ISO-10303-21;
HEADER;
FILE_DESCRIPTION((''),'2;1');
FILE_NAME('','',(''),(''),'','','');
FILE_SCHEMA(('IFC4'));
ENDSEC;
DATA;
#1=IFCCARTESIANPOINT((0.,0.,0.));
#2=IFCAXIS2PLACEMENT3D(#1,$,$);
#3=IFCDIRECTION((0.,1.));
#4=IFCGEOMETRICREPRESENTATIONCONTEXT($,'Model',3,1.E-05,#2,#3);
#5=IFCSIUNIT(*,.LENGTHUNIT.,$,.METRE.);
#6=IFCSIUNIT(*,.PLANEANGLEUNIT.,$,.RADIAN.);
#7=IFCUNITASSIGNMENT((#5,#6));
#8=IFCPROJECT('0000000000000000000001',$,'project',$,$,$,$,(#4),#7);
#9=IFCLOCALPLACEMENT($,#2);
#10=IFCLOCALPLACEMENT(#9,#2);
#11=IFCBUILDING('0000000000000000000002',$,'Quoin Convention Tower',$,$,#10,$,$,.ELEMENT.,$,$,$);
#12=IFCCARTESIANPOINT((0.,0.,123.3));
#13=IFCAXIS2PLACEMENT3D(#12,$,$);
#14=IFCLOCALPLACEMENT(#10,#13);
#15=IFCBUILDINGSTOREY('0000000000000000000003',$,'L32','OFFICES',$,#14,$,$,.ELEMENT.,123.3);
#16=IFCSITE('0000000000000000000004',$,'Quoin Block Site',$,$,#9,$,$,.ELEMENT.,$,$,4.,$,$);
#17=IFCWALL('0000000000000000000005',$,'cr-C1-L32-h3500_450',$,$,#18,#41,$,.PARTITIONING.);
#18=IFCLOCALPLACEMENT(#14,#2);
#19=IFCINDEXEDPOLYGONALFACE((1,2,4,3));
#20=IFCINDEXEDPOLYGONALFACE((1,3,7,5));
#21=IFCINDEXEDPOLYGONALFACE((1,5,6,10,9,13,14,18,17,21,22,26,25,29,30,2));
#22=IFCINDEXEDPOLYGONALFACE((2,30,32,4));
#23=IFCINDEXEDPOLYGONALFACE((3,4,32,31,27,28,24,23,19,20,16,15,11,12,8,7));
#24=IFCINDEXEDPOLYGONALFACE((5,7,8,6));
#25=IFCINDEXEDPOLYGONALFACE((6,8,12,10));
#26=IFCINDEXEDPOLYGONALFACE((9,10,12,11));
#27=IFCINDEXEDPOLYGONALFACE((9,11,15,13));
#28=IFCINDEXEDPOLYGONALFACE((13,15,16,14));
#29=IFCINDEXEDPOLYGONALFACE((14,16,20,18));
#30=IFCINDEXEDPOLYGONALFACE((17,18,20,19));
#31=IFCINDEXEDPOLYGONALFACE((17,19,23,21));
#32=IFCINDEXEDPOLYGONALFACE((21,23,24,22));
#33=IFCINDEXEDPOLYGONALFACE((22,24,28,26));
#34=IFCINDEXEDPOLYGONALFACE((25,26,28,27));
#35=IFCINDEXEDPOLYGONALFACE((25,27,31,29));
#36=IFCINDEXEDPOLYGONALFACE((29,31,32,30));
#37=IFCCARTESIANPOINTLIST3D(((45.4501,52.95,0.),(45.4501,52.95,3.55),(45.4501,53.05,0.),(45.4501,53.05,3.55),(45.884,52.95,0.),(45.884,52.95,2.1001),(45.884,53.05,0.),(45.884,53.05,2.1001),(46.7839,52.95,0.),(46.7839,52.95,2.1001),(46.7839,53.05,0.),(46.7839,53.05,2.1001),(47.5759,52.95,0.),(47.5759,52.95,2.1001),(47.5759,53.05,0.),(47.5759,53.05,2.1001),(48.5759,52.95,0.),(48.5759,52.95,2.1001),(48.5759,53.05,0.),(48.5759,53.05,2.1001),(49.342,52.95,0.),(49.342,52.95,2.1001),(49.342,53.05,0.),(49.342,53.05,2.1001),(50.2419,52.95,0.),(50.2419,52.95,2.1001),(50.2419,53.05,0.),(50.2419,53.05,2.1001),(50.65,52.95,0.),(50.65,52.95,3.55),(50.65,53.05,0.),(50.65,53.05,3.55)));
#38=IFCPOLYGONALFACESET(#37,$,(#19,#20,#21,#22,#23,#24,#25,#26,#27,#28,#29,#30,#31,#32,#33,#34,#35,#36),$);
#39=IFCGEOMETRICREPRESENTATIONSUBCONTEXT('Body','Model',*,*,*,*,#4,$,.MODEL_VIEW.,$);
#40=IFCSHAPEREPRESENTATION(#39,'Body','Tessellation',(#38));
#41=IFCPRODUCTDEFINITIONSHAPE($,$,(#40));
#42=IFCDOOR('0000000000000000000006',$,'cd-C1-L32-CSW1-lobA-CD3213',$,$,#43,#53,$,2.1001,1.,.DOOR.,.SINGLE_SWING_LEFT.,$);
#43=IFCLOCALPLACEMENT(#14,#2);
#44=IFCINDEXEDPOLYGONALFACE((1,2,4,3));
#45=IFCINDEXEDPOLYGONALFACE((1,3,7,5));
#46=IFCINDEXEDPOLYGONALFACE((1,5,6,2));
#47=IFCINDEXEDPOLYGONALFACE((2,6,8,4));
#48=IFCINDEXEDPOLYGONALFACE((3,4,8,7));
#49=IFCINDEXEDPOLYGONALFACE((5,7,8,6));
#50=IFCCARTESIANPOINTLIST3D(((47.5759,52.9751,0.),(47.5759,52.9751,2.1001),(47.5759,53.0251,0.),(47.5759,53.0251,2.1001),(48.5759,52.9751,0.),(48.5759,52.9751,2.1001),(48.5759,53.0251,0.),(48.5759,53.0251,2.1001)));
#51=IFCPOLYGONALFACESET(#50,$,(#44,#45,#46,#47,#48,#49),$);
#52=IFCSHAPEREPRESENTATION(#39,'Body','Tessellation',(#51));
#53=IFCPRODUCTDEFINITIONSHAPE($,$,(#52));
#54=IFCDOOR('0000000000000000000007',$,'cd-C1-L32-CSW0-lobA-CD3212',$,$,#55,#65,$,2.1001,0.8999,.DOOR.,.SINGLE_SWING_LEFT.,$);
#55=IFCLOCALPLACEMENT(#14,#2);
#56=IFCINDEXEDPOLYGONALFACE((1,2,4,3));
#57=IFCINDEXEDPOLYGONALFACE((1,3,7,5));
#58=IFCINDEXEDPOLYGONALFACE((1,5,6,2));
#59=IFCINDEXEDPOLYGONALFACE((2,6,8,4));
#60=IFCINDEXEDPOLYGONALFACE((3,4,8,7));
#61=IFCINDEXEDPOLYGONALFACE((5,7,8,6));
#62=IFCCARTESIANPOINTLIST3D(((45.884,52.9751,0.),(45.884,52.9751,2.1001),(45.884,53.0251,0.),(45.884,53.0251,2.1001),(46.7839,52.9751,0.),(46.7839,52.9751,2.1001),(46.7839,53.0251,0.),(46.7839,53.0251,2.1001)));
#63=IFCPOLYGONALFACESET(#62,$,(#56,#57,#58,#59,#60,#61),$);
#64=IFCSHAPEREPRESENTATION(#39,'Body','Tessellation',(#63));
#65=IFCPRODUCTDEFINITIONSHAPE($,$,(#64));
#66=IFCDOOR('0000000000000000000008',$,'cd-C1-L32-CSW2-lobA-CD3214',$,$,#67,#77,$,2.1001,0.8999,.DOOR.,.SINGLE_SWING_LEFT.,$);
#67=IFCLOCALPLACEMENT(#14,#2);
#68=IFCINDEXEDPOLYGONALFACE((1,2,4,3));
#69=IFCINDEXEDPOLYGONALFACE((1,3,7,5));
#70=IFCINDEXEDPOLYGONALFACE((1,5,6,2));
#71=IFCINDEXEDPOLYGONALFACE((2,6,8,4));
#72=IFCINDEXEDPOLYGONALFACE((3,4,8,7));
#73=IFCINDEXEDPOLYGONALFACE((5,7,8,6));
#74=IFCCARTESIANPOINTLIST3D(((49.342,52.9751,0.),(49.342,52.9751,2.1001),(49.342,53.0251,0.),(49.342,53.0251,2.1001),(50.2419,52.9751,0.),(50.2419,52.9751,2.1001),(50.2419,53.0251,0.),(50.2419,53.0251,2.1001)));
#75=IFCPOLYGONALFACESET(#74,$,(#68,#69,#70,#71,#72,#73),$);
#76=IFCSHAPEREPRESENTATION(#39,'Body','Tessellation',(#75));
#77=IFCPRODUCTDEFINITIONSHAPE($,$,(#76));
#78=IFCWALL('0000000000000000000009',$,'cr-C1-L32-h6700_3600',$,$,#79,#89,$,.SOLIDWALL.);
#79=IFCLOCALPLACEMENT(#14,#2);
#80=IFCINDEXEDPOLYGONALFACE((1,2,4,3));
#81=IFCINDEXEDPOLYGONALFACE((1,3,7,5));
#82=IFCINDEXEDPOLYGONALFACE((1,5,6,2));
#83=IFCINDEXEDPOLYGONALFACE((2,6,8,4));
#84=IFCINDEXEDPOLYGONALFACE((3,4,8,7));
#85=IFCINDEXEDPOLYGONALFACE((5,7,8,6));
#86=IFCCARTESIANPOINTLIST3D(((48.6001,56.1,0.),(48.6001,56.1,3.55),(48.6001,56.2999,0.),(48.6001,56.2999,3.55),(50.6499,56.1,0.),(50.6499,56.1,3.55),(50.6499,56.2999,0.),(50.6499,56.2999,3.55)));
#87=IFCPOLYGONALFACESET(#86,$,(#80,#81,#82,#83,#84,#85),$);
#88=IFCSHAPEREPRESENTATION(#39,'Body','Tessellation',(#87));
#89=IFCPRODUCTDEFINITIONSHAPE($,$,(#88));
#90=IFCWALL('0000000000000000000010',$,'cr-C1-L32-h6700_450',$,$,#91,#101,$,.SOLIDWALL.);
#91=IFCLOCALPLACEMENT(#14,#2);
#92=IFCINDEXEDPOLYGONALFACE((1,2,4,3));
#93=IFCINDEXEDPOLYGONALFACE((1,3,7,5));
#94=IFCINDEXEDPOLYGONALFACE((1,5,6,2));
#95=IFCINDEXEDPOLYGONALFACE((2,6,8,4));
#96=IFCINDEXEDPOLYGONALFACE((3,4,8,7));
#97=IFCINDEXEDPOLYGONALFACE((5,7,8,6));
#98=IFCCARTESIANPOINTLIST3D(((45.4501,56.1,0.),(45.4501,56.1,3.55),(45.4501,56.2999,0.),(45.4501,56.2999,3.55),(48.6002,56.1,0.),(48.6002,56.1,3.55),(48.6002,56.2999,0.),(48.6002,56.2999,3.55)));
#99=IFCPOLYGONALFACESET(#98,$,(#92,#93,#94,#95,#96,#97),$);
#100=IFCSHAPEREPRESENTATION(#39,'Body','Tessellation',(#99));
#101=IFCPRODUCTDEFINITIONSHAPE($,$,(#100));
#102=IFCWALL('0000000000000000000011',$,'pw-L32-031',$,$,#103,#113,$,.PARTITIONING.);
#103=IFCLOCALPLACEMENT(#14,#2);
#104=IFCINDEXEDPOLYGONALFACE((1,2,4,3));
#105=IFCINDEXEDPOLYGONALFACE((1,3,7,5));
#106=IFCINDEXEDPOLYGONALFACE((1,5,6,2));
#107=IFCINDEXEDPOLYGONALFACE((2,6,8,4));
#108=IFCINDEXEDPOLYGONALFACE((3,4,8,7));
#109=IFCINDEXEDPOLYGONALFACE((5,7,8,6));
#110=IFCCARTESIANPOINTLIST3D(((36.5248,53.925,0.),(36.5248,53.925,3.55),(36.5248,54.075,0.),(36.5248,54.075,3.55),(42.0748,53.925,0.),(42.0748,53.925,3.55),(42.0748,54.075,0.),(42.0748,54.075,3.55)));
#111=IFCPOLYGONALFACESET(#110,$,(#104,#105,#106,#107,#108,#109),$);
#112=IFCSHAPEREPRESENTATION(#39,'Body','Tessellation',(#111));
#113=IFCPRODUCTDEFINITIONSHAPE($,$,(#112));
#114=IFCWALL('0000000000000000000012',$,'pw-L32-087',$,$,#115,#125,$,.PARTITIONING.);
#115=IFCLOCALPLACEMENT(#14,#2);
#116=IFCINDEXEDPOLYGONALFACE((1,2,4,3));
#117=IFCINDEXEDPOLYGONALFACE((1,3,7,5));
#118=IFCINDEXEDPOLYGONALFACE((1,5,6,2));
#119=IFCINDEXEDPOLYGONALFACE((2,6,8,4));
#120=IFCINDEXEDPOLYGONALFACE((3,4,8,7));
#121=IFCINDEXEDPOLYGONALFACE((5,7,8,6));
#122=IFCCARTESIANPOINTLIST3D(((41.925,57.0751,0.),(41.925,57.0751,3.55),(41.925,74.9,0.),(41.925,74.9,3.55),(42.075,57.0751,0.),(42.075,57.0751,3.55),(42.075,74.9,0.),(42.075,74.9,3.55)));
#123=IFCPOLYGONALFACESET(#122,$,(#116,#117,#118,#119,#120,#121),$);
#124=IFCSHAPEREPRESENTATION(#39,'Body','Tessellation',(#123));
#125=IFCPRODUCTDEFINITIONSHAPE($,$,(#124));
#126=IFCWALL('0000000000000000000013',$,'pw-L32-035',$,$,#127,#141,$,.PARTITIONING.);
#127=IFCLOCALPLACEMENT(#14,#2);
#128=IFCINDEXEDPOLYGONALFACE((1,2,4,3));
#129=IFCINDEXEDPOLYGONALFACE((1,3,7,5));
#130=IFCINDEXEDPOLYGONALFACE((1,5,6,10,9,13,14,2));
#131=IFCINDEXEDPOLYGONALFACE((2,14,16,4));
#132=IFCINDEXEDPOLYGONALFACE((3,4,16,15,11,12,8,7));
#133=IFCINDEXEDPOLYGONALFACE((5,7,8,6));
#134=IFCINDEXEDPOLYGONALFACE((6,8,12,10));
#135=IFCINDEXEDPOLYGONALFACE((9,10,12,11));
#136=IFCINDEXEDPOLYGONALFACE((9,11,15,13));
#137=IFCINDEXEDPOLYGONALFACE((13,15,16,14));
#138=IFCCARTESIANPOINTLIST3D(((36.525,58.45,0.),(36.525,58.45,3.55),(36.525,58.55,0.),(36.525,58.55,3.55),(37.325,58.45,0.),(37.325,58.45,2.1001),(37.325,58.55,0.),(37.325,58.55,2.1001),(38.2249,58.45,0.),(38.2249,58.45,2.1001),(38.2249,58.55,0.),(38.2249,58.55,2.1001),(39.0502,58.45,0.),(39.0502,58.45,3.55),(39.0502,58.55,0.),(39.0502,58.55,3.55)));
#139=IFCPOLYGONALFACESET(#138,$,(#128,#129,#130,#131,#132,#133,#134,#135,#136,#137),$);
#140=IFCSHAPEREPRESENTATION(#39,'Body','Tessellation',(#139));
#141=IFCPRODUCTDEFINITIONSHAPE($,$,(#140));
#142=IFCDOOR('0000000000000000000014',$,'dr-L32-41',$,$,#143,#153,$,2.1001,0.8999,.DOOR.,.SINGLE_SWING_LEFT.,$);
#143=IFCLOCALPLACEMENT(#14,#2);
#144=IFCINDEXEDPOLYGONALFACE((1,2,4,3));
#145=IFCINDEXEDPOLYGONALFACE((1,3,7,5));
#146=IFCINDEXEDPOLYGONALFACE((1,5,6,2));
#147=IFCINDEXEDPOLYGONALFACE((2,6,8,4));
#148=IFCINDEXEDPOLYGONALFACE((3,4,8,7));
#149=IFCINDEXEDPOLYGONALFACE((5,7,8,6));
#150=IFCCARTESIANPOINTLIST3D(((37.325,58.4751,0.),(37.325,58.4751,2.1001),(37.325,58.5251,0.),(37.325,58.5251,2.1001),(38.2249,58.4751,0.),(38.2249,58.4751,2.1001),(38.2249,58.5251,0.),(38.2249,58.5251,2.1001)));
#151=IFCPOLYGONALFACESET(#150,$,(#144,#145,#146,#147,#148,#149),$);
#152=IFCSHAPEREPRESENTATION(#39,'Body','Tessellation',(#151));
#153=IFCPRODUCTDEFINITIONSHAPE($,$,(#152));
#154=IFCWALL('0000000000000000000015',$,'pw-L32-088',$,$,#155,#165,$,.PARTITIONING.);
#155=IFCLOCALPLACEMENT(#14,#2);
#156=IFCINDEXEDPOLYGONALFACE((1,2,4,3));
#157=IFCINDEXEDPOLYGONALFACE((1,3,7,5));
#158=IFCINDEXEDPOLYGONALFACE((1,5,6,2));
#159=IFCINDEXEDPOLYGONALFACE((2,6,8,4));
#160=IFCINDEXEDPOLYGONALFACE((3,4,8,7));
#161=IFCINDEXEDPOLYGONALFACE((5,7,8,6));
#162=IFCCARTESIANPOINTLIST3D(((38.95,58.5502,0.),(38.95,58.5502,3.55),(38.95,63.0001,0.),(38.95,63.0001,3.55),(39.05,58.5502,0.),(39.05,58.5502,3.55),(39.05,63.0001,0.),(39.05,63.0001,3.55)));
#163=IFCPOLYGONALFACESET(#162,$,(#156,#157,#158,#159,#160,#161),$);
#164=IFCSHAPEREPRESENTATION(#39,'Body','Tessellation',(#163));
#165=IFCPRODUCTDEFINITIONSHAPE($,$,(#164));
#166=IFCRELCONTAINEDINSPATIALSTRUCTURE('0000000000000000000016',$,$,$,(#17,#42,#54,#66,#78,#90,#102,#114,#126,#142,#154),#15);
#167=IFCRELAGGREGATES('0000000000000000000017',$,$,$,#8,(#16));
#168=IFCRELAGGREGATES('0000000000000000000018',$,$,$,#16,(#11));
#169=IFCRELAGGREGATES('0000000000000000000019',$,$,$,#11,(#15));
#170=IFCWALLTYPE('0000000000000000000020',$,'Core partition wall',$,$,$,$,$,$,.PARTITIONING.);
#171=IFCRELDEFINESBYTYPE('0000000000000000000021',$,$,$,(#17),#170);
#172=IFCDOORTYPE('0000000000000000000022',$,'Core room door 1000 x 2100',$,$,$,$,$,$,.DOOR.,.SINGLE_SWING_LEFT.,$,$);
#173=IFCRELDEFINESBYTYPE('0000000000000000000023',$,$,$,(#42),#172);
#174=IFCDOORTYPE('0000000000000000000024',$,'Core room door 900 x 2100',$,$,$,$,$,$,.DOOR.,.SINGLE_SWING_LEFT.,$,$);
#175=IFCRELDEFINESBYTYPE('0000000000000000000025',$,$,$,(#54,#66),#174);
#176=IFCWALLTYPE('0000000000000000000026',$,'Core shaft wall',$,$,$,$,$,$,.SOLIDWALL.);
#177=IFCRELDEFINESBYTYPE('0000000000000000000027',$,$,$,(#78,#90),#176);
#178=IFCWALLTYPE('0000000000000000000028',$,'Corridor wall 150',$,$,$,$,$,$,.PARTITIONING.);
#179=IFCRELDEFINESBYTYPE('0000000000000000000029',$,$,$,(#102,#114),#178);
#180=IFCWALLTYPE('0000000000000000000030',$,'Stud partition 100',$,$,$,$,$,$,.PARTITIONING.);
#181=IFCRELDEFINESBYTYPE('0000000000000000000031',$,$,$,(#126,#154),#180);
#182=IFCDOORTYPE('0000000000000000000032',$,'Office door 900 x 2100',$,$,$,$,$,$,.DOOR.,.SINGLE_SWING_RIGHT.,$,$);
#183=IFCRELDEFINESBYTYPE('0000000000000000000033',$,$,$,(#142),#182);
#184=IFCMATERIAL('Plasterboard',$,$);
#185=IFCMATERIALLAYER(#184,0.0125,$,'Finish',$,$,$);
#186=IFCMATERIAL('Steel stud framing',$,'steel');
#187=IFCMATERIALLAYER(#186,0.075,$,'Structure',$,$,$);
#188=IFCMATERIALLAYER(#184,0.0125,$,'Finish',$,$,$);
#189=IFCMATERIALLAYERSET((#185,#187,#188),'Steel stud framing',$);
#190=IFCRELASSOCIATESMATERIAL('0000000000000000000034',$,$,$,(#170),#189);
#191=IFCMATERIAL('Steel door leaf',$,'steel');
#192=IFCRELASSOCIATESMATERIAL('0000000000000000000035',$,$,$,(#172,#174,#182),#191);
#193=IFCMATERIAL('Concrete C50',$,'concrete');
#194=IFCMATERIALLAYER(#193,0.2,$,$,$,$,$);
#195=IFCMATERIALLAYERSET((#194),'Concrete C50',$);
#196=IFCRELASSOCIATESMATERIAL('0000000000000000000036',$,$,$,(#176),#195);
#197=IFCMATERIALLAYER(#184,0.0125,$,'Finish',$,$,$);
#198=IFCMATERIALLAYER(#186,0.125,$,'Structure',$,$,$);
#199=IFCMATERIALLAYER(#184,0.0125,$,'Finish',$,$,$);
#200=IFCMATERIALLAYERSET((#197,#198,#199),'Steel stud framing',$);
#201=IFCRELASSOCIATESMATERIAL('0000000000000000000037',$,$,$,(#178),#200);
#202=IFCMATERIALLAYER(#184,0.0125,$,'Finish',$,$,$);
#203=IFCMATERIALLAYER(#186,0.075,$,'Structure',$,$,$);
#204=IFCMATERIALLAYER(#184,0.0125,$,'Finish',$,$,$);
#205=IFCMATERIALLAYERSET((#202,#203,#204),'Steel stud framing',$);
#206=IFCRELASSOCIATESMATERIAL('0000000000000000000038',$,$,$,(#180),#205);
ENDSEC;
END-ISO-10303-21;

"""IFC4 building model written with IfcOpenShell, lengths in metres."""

from ifc_helpers import new_model, si_unit, direction, frame, frame_2d, origin, place, context, subcontext, project, spatial, rectangle, extrude, material, layer, layer_set, type_object, element, fill, save


model = new_model("IFC4")

# Units and contexts
model_context = context("Model", 3, precision=1e-05, world=origin(), true_north=direction((0.0, 1.0)))
body_context = subcontext(model_context, "Body", "Model", "MODEL_VIEW")
ifc_project = project(units=[si_unit("LENGTHUNIT", "METRE"), si_unit("PLANEANGLEUNIT", "RADIAN")], contexts=[model_context])

# Site, building, storey
site_placement = place(None, origin())
site = spatial("IfcSite", under=ifc_project, at=site_placement, Name="Quoin Block Site", CompositionType="ELEMENT", RefElevation=4.0)
building_placement = place(site_placement, origin())
building = spatial("IfcBuilding", under=site, at=building_placement, Name="Quoin Convention Tower", CompositionType="ELEMENT")
storey_placement = place(building_placement, frame((0.0, 0.0, 123.3)))
storey = spatial("IfcBuildingStorey", under=building, at=storey_placement, Name="L32", Description="OFFICES", CompositionType="ELEMENT", Elevation=123.3)

# Wall, openings, doors
ifc_material_1 = material(Name="Plasterboard")
ifc_layer_1 = layer(ifc_material_1, 0.0125, Name="Finish")
ifc_material_2 = material(Name="Steel stud framing", Category="steel")
ifc_layer_2 = layer(ifc_material_2, 0.075, Name="Structure")
ifc_layer_3 = layer(ifc_material_1, 0.0125, Name="Finish")
ifc_layer_set_1 = layer_set([ifc_layer_1, ifc_layer_2, ifc_layer_3], Name="Steel stud framing")
wall_type_1 = type_object("IfcWallType", Name="Core partition wall", PredefinedType="PARTITIONING", material=ifc_layer_set_1)
wall_1_placement = place(storey_placement, frame((45.45, 53.0, 0.0), z_axis=(0.0, 0.0, 1.0), x_axis=(1.0, 0.0, 0.0)))
wall_1 = element("IfcWall", 1, at=wall_1_placement, inside=storey, type_object=wall_type_1, Name="cr-C1-L32-h3500_450", PredefinedType="PARTITIONING", context=body_context, shape_type="SweptSolid", body=[
    extrude(rectangle(XDim=5.2, YDim=0.1001, at=frame_2d((2.6001, 0.0))), origin(), (0.0, 0.0, 1.0), 3.55),
])
opening_1_placement = place(wall_1_placement, frame((0.4341, 0.0, 0.0)))
opening_1 = element("IfcOpeningElement", 2, at=opening_1_placement, cuts=wall_1, PredefinedType="OPENING", context=body_context, shape_type="SweptSolid", body=[
    extrude(rectangle(XDim=0.8999, YDim=2.1001, at=frame_2d((0.45, 1.05))), frame((0.0, 0.0601, 0.0), z_axis=(0.0, -1.0, 0.0), x_axis=(1.0, 0.0, 0.0)), (0.0, 0.0, 1.0), 0.1201),
])
opening_2_placement = place(wall_1_placement, frame((2.126, 0.0, 0.0)))
opening_2 = element("IfcOpeningElement", 3, at=opening_2_placement, cuts=wall_1, PredefinedType="OPENING", context=body_context, shape_type="SweptSolid", body=[
    extrude(rectangle(XDim=1.0, YDim=2.1001, at=frame_2d((0.5, 1.05))), frame((0.0, 0.0601, 0.0), z_axis=(0.0, -1.0, 0.0), x_axis=(1.0, 0.0, 0.0)), (0.0, 0.0, 1.0), 0.1201),
])
opening_3_placement = place(wall_1_placement, frame((3.8921, 0.0, 0.0)))
opening_3 = element("IfcOpeningElement", 4, at=opening_3_placement, cuts=wall_1, PredefinedType="OPENING", context=body_context, shape_type="SweptSolid", body=[
    extrude(rectangle(XDim=0.8999, YDim=2.1001, at=frame_2d((0.45, 1.05))), frame((0.0, 0.0601, 0.0), z_axis=(0.0, -1.0, 0.0), x_axis=(1.0, 0.0, 0.0)), (0.0, 0.0, 1.0), 0.1201),
])
ifc_material_3 = material(Name="Steel door leaf", Category="steel")
door_type_1 = type_object("IfcDoorType", Name="Core room door 1000 x 2100", OperationType="SINGLE_SWING_LEFT", PredefinedType="DOOR", material=ifc_material_3)
door_1_placement = place(opening_2_placement, frame((1.0, 0.0, 0.0), z_axis=(0.0, 0.0, 1.0), x_axis=(-1.0, 0.0, 0.0)))
door_1 = element("IfcDoor", 5, at=door_1_placement, inside=storey, type_object=door_type_1, Name="cd-C1-L32-CSW1-lobA-CD3213", OperationType="SINGLE_SWING_LEFT", OverallHeight=2.1001, OverallWidth=1.0, PredefinedType="DOOR", context=body_context, shape_type="SweptSolid", body=[
    extrude(rectangle(XDim=1.0, YDim=2.1001, at=frame_2d((0.5, 1.05))), frame((0.0, 0.0249, 0.0), z_axis=(0.0, -1.0, 0.0), x_axis=(1.0, 0.0, 0.0)), (0.0, 0.0, 1.0), 0.05),
])
fill(opening_2, door_1)
door_type_2 = type_object("IfcDoorType", Name="Core room door 900 x 2100", OperationType="SINGLE_SWING_LEFT", PredefinedType="DOOR", material=ifc_material_3)
door_2_placement = place(opening_1_placement, frame((0.8999, 0.0, 0.0), z_axis=(0.0, 0.0, 1.0), x_axis=(-1.0, 0.0, 0.0)))
door_2 = element("IfcDoor", 6, at=door_2_placement, inside=storey, type_object=door_type_2, Name="cd-C1-L32-CSW0-lobA-CD3212", OperationType="SINGLE_SWING_LEFT", OverallHeight=2.1001, OverallWidth=0.8999, PredefinedType="DOOR", context=body_context, shape_type="SweptSolid", body=[
    extrude(rectangle(XDim=0.8999, YDim=2.1001, at=frame_2d((0.45, 1.05))), frame((0.0, 0.0249, 0.0), z_axis=(0.0, -1.0, 0.0), x_axis=(1.0, 0.0, 0.0)), (0.0, 0.0, 1.0), 0.05),
])
fill(opening_1, door_2)
door_3_placement = place(opening_3_placement, frame((0.8999, 0.0, 0.0), z_axis=(0.0, 0.0, 1.0), x_axis=(-1.0, 0.0, 0.0)))
door_3 = element("IfcDoor", 7, at=door_3_placement, inside=storey, type_object=door_type_2, Name="cd-C1-L32-CSW2-lobA-CD3214", OperationType="SINGLE_SWING_LEFT", OverallHeight=2.1001, OverallWidth=0.8999, PredefinedType="DOOR", context=body_context, shape_type="SweptSolid", body=[
    extrude(rectangle(XDim=0.8999, YDim=2.1001, at=frame_2d((0.45, 1.05))), frame((0.0, 0.0249, 0.0), z_axis=(0.0, -1.0, 0.0), x_axis=(1.0, 0.0, 0.0)), (0.0, 0.0, 1.0), 0.05),
])
fill(opening_3, door_3)

# Walls
ifc_material_4 = material(Name="Concrete C50", Category="concrete")
ifc_layer_4 = layer(ifc_material_4, 0.2)
ifc_layer_set_2 = layer_set([ifc_layer_4], Name="Concrete C50")
wall_type_2 = type_object("IfcWallType", Name="Core shaft wall", PredefinedType="SOLIDWALL", material=ifc_layer_set_2)
wall_2_placement = place(storey_placement, frame((48.6001, 56.2, 0.0), z_axis=(0.0, 0.0, 1.0), x_axis=(1.0, 0.0, 0.0)))
element("IfcWall", 8, at=wall_2_placement, inside=storey, type_object=wall_type_2, Name="cr-C1-L32-h6700_3600", PredefinedType="SOLIDWALL", context=body_context, shape_type="SweptSolid", body=[
    extrude(rectangle(XDim=2.0498, YDim=0.2, at=frame_2d((1.0249, 0.0))), origin(), (0.0, 0.0, 1.0), 3.55),
])
wall_3_placement = place(storey_placement, frame((45.45, 56.2, 0.0), z_axis=(0.0, 0.0, 1.0), x_axis=(1.0, 0.0, 0.0)))
element("IfcWall", 9, at=wall_3_placement, inside=storey, type_object=wall_type_2, Name="cr-C1-L32-h6700_450", PredefinedType="SOLIDWALL", context=body_context, shape_type="SweptSolid", body=[
    extrude(rectangle(XDim=3.1501, YDim=0.2, at=frame_2d((1.5752, 0.0))), origin(), (0.0, 0.0, 1.0), 3.55),
])
ifc_layer_5 = layer(ifc_material_1, 0.0125, Name="Finish")
ifc_layer_6 = layer(ifc_material_2, 0.125, Name="Structure")
ifc_layer_7 = layer(ifc_material_1, 0.0125, Name="Finish")
ifc_layer_set_3 = layer_set([ifc_layer_5, ifc_layer_6, ifc_layer_7], Name="Steel stud framing")
wall_type_3 = type_object("IfcWallType", Name="Corridor wall 150", PredefinedType="PARTITIONING", material=ifc_layer_set_3)
wall_4_placement = place(storey_placement, frame((36.5249, 54.0, 0.0), z_axis=(0.0, 0.0, 1.0), x_axis=(1.0, 0.0, 0.0)))
element("IfcWall", 10, at=wall_4_placement, inside=storey, type_object=wall_type_3, Name="pw-L32-031", PredefinedType="PARTITIONING", context=body_context, shape_type="SweptSolid", body=[
    extrude(rectangle(XDim=5.55, YDim=0.1499, at=frame_2d((2.7749, 0.0))), origin(), (0.0, 0.0, 1.0), 3.55),
])
wall_5_placement = place(storey_placement, frame((42.0, 57.075, 0.0), z_axis=(0.0, 0.0, 1.0), x_axis=(0.0, 1.0, 0.0)))
element("IfcWall", 11, at=wall_5_placement, inside=storey, type_object=wall_type_3, Name="pw-L32-087", PredefinedType="PARTITIONING", context=body_context, shape_type="SweptSolid", body=[
    extrude(rectangle(XDim=17.825, YDim=0.1499, at=frame_2d((8.9126, 0.0))), origin(), (0.0, 0.0, 1.0), 3.55),
])

# Wall, opening, door
ifc_layer_8 = layer(ifc_material_1, 0.0125, Name="Finish")
ifc_layer_9 = layer(ifc_material_2, 0.075, Name="Structure")
ifc_layer_10 = layer(ifc_material_1, 0.0125, Name="Finish")
ifc_layer_set_4 = layer_set([ifc_layer_8, ifc_layer_9, ifc_layer_10], Name="Steel stud framing")
wall_type_4 = type_object("IfcWallType", Name="Stud partition 100", PredefinedType="PARTITIONING", material=ifc_layer_set_4)
wall_6_placement = place(storey_placement, frame((36.5249, 58.5, 0.0), z_axis=(0.0, 0.0, 1.0), x_axis=(1.0, 0.0, 0.0)))
wall_6 = element("IfcWall", 12, at=wall_6_placement, inside=storey, type_object=wall_type_4, Name="pw-L32-035", PredefinedType="PARTITIONING", context=body_context, shape_type="SweptSolid", body=[
    extrude(rectangle(XDim=2.5251, YDim=0.1001, at=frame_2d((1.2627, 0.0))), origin(), (0.0, 0.0, 1.0), 3.55),
])
opening_4_placement = place(wall_6_placement, frame((0.8, 0.0, 0.0)))
opening_4 = element("IfcOpeningElement", 13, at=opening_4_placement, cuts=wall_6, PredefinedType="OPENING", context=body_context, shape_type="SweptSolid", body=[
    extrude(rectangle(XDim=0.8999, YDim=2.1001, at=frame_2d((0.45, 1.05))), frame((0.0, 0.0601, 0.0), z_axis=(0.0, -1.0, 0.0), x_axis=(1.0, 0.0, 0.0)), (0.0, 0.0, 1.0), 0.1201),
])
door_type_3 = type_object("IfcDoorType", Name="Office door 900 x 2100", OperationType="SINGLE_SWING_RIGHT", PredefinedType="DOOR", material=ifc_material_3)
door_4_placement = place(opening_4_placement, frame((0.8999, 0.0, 0.0), z_axis=(0.0, 0.0, 1.0), x_axis=(-1.0, 0.0, 0.0)))
door_4 = element("IfcDoor", 14, at=door_4_placement, inside=storey, type_object=door_type_3, Name="dr-L32-41", OperationType="SINGLE_SWING_LEFT", OverallHeight=2.1001, OverallWidth=0.8999, PredefinedType="DOOR", context=body_context, shape_type="SweptSolid", body=[
    extrude(rectangle(XDim=0.8999, YDim=2.1001, at=frame_2d((0.45, 1.05))), frame((0.0, 0.0249, 0.0), z_axis=(0.0, -1.0, 0.0), x_axis=(1.0, 0.0, 0.0)), (0.0, 0.0, 1.0), 0.05),
])
fill(opening_4, door_4)

# Wall
wall_7_placement = place(storey_placement, frame((39.0, 58.55, 0.0), z_axis=(0.0, 0.0, 1.0), x_axis=(0.0, 1.0, 0.0)))
element("IfcWall", 15, at=wall_7_placement, inside=storey, type_object=wall_type_4, Name="pw-L32-088", PredefinedType="PARTITIONING", context=body_context, shape_type="SweptSolid", body=[
    extrude(rectangle(XDim=4.45, YDim=0.1001, at=frame_2d((2.2251, 0.0))), origin(), (0.0, 0.0, 1.0), 3.55),
])

save(model, "model.ifc")
